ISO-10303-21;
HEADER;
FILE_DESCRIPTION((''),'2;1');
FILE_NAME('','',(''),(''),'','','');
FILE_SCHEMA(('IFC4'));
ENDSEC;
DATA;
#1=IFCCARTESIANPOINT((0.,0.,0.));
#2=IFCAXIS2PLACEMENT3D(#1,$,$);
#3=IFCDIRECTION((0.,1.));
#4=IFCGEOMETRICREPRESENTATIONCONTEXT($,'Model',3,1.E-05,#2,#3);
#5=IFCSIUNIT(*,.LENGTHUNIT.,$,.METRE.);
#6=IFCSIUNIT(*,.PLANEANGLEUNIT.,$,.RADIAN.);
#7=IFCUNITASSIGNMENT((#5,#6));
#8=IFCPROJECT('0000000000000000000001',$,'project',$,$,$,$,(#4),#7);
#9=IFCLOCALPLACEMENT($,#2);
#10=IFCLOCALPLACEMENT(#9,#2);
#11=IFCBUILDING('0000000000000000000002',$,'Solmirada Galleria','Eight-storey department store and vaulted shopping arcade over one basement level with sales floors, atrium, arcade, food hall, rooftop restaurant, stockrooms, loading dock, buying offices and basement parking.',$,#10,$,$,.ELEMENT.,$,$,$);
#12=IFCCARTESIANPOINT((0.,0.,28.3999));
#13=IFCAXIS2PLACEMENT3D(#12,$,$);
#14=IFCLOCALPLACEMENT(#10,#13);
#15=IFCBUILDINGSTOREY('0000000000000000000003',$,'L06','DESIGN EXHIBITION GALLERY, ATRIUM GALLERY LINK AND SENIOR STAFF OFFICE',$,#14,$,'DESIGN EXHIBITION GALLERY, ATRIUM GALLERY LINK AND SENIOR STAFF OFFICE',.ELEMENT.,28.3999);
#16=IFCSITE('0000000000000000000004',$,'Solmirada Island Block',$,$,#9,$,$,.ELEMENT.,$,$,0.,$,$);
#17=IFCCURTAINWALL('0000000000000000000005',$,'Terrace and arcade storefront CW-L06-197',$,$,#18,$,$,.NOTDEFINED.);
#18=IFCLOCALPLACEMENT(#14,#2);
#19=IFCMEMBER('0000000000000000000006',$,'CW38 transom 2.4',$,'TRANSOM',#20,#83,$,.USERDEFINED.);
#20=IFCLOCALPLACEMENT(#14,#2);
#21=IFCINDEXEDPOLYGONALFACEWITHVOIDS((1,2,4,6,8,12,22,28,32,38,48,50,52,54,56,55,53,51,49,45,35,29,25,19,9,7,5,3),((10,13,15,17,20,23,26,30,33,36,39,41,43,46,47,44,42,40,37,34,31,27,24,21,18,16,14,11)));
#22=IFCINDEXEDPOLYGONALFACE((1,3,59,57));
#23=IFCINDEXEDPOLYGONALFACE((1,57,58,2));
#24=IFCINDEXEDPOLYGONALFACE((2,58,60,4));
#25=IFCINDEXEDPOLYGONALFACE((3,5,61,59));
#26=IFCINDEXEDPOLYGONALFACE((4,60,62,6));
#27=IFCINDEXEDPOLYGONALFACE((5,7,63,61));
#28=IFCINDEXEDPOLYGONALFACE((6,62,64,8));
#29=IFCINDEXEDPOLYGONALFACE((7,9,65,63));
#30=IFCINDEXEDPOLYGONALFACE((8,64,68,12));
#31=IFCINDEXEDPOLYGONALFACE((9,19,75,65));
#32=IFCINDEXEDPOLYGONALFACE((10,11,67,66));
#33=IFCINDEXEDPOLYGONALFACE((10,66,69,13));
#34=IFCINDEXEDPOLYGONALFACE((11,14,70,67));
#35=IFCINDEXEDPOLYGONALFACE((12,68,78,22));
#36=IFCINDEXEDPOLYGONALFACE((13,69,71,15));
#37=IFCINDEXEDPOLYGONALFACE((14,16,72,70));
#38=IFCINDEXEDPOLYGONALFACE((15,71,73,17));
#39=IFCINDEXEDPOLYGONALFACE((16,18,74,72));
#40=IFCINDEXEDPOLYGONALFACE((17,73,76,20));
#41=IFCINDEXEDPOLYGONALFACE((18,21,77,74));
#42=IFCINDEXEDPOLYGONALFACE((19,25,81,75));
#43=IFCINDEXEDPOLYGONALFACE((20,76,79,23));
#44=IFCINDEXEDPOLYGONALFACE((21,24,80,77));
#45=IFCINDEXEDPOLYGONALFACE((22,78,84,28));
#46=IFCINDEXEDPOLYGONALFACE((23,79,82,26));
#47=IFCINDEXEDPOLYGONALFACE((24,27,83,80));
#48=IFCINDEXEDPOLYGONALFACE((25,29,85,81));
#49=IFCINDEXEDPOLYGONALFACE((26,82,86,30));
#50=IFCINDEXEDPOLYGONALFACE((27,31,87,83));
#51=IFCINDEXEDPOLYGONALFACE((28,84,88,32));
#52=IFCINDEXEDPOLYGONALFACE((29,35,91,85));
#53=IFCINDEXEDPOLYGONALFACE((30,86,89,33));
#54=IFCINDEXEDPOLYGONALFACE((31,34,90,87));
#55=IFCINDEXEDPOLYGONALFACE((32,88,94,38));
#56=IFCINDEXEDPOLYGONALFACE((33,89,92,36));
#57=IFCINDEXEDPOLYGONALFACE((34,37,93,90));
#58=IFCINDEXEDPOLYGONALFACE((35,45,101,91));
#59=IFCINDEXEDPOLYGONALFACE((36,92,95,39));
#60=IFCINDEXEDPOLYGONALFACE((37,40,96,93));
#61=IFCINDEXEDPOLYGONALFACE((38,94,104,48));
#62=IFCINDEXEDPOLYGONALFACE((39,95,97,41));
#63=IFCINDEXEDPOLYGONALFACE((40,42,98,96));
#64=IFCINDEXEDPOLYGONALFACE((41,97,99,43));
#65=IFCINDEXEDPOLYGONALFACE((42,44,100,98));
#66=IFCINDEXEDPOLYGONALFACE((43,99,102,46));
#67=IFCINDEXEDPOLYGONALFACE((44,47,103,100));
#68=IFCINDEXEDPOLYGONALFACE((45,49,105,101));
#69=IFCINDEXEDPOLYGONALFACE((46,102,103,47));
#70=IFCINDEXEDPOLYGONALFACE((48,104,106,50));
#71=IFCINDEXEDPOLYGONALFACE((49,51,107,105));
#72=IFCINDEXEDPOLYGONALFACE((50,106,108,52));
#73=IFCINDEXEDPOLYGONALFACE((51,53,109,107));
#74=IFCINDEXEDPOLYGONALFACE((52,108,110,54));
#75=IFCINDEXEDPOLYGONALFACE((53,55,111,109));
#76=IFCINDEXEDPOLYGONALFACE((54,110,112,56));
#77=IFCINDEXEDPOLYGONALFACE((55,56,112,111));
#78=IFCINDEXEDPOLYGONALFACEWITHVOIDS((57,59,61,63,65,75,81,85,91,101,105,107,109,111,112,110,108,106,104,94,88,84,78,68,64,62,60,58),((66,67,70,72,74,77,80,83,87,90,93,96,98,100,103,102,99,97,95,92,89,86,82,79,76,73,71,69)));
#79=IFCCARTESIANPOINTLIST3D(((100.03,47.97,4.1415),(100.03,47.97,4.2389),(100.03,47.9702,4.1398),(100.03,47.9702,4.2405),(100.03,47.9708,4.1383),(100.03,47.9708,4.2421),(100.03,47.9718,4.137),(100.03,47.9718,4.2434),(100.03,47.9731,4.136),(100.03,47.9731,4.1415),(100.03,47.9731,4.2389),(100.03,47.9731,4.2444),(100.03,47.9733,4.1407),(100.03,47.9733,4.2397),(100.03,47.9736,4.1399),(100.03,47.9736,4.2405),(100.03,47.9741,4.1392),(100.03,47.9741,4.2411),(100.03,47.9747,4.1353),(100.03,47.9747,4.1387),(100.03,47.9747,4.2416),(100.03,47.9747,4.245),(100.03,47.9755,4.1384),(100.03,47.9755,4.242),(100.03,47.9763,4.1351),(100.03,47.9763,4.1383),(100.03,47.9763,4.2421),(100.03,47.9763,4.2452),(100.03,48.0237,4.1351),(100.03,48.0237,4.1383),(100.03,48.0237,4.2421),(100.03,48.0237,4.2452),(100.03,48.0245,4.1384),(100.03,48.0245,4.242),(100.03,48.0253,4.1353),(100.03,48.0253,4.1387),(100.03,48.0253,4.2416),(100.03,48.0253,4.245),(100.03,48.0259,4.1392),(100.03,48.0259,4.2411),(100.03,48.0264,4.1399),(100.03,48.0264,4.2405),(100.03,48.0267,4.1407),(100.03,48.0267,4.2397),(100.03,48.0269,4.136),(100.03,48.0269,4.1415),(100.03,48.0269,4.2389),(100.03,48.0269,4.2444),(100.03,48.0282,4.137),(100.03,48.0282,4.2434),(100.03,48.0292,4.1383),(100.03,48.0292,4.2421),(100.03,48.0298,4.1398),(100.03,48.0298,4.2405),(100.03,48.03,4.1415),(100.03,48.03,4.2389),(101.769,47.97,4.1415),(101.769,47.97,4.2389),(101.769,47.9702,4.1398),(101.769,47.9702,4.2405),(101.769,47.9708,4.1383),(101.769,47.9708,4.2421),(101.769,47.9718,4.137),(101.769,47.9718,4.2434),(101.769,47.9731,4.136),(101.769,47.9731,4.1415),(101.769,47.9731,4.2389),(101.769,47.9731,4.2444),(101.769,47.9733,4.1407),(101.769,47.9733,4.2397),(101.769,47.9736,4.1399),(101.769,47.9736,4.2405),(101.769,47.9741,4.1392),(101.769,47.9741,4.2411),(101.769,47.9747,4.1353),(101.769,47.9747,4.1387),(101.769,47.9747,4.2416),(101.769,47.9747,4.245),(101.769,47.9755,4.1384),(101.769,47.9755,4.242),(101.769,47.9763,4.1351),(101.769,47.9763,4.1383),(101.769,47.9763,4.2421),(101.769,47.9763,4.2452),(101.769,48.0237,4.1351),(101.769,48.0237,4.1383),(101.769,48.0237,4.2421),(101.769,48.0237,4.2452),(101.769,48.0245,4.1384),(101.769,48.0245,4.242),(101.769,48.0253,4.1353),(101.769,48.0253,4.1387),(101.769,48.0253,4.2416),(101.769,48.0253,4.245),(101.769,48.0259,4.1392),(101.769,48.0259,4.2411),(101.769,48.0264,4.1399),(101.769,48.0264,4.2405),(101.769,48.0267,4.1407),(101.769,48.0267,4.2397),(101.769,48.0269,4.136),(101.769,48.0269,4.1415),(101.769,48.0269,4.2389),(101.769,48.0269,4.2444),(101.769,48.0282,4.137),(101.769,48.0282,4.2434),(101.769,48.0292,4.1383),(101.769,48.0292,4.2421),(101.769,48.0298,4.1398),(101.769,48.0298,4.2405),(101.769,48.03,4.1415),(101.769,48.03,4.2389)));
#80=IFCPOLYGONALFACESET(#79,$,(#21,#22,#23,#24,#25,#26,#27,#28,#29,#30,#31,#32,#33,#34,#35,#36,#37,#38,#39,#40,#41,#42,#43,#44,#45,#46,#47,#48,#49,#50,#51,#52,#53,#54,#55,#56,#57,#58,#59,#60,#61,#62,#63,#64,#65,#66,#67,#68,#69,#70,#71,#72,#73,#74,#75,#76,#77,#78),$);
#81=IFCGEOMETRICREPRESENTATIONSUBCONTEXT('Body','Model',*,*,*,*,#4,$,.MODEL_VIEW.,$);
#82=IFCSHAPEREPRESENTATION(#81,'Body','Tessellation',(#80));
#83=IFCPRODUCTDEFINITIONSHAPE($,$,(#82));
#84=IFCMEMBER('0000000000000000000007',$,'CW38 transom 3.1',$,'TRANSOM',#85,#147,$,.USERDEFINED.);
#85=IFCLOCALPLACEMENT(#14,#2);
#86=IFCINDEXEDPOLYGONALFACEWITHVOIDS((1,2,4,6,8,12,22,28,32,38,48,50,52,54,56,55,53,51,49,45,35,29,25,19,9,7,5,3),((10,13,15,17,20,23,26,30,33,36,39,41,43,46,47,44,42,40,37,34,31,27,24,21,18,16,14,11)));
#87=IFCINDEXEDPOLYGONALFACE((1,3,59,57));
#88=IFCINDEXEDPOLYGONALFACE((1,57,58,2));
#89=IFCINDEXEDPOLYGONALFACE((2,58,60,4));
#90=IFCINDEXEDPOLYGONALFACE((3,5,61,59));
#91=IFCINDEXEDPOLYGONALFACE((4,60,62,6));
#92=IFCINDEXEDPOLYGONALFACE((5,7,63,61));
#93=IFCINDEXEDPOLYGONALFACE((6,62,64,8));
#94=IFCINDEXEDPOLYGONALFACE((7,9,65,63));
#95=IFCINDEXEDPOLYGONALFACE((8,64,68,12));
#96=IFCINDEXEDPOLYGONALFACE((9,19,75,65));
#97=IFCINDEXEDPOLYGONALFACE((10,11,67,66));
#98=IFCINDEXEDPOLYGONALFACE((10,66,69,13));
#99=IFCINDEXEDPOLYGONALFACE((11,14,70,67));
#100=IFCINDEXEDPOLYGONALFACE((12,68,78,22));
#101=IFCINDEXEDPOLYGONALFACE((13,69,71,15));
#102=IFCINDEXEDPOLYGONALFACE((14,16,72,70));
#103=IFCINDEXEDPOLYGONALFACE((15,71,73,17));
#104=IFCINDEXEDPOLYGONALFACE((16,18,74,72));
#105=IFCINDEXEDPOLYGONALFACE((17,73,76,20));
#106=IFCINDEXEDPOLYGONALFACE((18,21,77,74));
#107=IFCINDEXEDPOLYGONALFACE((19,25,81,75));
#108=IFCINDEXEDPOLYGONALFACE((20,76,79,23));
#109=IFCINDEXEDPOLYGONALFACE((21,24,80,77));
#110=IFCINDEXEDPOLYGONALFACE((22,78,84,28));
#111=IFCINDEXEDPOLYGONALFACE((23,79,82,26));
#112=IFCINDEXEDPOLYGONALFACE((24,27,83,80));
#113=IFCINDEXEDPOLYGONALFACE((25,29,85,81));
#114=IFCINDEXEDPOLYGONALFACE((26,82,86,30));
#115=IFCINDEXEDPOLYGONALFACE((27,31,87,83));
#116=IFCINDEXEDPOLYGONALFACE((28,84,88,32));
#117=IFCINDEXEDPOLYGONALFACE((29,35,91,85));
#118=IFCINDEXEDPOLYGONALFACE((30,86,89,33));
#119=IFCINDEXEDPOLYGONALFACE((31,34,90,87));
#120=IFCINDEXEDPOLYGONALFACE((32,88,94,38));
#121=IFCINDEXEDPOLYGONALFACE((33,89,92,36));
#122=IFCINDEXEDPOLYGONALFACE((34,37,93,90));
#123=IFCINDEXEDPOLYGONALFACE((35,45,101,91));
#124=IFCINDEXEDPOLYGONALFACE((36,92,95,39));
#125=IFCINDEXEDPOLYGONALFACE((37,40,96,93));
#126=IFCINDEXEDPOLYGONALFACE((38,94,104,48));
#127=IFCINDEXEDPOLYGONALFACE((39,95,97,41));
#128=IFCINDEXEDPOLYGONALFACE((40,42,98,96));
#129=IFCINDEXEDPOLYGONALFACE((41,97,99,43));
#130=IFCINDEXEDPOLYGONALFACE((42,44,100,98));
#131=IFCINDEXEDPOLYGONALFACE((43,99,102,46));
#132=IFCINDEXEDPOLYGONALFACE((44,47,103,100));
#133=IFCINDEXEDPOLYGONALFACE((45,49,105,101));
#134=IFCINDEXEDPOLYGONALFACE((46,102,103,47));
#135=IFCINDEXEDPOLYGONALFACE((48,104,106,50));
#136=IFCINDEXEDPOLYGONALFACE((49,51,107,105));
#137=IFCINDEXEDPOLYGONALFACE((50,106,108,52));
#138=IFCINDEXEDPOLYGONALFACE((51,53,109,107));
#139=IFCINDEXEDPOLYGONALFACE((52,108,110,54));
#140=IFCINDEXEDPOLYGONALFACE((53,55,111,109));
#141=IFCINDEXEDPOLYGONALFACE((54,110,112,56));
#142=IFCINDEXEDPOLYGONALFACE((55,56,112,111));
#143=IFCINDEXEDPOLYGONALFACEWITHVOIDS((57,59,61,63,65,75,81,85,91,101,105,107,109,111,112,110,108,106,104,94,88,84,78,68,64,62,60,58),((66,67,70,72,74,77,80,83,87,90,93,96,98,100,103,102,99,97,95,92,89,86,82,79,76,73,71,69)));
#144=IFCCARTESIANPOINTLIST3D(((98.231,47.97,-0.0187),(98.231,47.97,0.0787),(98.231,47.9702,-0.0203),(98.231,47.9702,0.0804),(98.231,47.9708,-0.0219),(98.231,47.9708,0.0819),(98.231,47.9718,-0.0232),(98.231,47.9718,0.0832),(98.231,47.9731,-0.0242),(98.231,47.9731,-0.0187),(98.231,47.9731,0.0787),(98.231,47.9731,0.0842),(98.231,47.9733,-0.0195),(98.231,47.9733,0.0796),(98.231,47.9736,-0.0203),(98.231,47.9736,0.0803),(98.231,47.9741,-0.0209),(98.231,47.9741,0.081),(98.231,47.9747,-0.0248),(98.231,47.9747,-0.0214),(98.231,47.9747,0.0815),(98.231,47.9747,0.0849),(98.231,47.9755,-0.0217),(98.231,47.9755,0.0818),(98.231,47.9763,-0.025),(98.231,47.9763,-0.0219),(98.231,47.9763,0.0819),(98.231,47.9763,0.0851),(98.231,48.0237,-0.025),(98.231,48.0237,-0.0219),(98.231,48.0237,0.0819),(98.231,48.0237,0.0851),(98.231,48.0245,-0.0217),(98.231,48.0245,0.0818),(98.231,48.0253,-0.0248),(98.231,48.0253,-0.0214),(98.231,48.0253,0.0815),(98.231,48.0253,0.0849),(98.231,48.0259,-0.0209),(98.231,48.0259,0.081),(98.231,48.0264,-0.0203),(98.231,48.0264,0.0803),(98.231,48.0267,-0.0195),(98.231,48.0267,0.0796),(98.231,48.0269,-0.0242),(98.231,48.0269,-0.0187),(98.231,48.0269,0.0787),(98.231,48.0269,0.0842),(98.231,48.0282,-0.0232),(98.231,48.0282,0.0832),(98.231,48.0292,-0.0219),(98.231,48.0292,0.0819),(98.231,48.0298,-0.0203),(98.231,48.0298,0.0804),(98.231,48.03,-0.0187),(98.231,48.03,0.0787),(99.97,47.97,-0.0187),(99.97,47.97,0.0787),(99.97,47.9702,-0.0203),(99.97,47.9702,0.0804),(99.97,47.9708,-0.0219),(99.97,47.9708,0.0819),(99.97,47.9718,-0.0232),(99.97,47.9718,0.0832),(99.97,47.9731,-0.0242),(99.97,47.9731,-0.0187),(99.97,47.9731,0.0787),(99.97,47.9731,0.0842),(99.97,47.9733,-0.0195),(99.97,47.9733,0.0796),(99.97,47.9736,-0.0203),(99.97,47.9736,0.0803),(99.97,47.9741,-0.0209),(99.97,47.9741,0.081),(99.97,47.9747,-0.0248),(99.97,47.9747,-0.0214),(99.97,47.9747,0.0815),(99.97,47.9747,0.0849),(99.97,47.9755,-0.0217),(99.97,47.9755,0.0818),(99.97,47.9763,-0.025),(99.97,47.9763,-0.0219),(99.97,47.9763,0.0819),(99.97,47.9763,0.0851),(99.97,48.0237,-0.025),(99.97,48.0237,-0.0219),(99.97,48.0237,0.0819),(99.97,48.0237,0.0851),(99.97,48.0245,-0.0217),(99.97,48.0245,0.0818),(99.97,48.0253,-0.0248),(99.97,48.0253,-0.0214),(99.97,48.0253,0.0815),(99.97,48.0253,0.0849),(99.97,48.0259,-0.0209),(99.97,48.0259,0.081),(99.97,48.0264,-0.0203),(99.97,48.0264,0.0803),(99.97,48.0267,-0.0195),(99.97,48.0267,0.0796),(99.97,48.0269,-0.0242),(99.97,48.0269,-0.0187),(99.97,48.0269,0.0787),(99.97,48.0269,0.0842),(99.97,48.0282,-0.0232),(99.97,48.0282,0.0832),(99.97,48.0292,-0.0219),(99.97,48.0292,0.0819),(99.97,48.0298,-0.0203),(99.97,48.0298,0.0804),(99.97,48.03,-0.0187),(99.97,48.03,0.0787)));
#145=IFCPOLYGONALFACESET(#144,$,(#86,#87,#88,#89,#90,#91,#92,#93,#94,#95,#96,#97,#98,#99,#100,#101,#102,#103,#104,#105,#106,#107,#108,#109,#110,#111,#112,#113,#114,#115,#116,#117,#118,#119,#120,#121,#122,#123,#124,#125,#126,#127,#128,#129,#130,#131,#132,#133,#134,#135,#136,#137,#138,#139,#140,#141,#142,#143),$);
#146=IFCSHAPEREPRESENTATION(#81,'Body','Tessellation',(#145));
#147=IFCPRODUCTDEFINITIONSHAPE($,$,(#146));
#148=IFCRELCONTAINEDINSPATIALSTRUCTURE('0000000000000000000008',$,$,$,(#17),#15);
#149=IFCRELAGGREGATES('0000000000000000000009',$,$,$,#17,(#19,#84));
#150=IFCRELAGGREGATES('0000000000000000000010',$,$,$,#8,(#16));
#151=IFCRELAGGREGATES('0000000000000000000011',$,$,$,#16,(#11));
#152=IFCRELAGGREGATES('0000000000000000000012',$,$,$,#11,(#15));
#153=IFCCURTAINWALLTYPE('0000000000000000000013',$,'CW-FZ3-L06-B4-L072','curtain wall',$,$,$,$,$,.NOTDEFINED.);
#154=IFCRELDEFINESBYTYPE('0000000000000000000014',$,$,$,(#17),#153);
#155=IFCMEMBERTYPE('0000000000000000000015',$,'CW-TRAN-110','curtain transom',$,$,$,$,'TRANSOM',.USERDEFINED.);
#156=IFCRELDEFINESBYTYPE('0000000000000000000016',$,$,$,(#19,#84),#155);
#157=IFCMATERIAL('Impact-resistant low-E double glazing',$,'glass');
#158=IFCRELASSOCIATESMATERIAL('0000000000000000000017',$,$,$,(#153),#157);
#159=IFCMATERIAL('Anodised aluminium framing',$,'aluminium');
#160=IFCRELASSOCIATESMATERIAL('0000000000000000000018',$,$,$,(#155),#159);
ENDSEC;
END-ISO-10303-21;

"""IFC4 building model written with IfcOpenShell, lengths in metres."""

from ifc_helpers import new_model, si_unit, direction, frame, origin, origin_2d, place, context, subcontext, project, spatial, hollow_rectangle, extrude, material, material_profile, profile_set, type_object, element, aggregate, save


model = new_model("IFC4")

# Units and contexts
model_context = context("Model", 3, precision=1e-05, world=origin(), true_north=direction((0.0, 1.0)))
body_context = subcontext(model_context, "Body", "Model", "MODEL_VIEW")
ifc_project = project(units=[si_unit("LENGTHUNIT", "METRE"), si_unit("PLANEANGLEUNIT", "RADIAN")], contexts=[model_context])

# Site, building, storey
site_placement = place(None, origin())
site = spatial("IfcSite", under=ifc_project, at=site_placement, Name="Solmirada Island Block", CompositionType="ELEMENT", RefElevation=0.0)
building_placement = place(site_placement, origin())
building = spatial("IfcBuilding", under=site, at=building_placement, Name="Solmirada Galleria", Description="Eight-storey department store and vaulted shopping arcade over one basement level with sales floors, atrium, arcade, food hall, rooftop restaurant, stockrooms, loading dock, buying offices and basement parking.", CompositionType="ELEMENT")
storey_placement = place(building_placement, frame((0.0, 0.0, 28.3999)))
storey = spatial("IfcBuildingStorey", under=building, at=storey_placement, Name="L06", Description="DESIGN EXHIBITION GALLERY, ATRIUM GALLERY LINK AND SENIOR STAFF OFFICE", LongName="DESIGN EXHIBITION GALLERY, ATRIUM GALLERY LINK AND SENIOR STAFF OFFICE", CompositionType="ELEMENT", Elevation=28.3999)

# Shared definitions
ifc_material_1 = material(Name="Impact-resistant low-E double glazing", Category="glass")
curtain_wall_type = type_object("IfcCurtainWallType", Name="CW-FZ3-L06-B4-L072", Description="curtain wall", PredefinedType="NOTDEFINED", material=ifc_material_1)
ifc_material_2 = material(Name="Anodised aluminium framing", Category="aluminium")

# Curtain wall, members
curtain_wall_1_placement = place(storey_placement, origin())
curtain_wall_1 = element("IfcCurtainWall", 1, at=curtain_wall_1_placement, inside=storey, type_object=curtain_wall_type, Name="Terrace and arcade storefront CW-L06-197", PredefinedType="NOTDEFINED")
ifc_material_profile_1 = material_profile(ifc_material_2, hollow_rectangle(XDim=0.0601, YDim=0.1101, WallThickness=0.0032, InnerFilletRadius=0.0032, OuterFilletRadius=0.0063, at=origin_2d()), Name="ALU-TRAN-110X60")
ifc_profile_set_1 = profile_set([ifc_material_profile_1], Name="Anodised aluminium framing")
member_type_1 = type_object("IfcMemberType", Name="CW-TRAN-110", Description="curtain transom", ElementType="TRANSOM", PredefinedType="USERDEFINED", material=ifc_profile_set_1)
member_1_placement = place(storey_placement, frame((101.769, 48.0, 4.1902), z_axis=(-1.0, 0.0, 0.0), x_axis=(0.0, -1.0, 0.0)))
member_1 = element("IfcMember", 2, at=member_1_placement, type_object=member_type_1, Name="CW38 transom 2.4", ObjectType="TRANSOM", PredefinedType="USERDEFINED", context=body_context, shape_type="SweptSolid", body=[
    extrude(hollow_rectangle(XDim=0.0601, YDim=0.1101, WallThickness=0.0032, InnerFilletRadius=0.0032, OuterFilletRadius=0.0063, at=origin_2d()), origin(), (0.0, 0.0, 1.0), 1.739),
])
member_2_placement = place(storey_placement, frame((99.97, 48.0, 0.03), z_axis=(-1.0, 0.0, 0.0), x_axis=(0.0, -1.0, 0.0)))
member_2 = element("IfcMember", 3, at=member_2_placement, type_object=member_type_1, Name="CW38 transom 3.1", ObjectType="TRANSOM", PredefinedType="USERDEFINED", context=body_context, shape_type="SweptSolid", body=[
    extrude(hollow_rectangle(XDim=0.0601, YDim=0.1101, WallThickness=0.0032, InnerFilletRadius=0.0032, OuterFilletRadius=0.0063, at=origin_2d()), origin(), (0.0, 0.0, 1.0), 1.739),
])

aggregate(curtain_wall_1, [member_1, member_2])

save(model, "model.ifc")
